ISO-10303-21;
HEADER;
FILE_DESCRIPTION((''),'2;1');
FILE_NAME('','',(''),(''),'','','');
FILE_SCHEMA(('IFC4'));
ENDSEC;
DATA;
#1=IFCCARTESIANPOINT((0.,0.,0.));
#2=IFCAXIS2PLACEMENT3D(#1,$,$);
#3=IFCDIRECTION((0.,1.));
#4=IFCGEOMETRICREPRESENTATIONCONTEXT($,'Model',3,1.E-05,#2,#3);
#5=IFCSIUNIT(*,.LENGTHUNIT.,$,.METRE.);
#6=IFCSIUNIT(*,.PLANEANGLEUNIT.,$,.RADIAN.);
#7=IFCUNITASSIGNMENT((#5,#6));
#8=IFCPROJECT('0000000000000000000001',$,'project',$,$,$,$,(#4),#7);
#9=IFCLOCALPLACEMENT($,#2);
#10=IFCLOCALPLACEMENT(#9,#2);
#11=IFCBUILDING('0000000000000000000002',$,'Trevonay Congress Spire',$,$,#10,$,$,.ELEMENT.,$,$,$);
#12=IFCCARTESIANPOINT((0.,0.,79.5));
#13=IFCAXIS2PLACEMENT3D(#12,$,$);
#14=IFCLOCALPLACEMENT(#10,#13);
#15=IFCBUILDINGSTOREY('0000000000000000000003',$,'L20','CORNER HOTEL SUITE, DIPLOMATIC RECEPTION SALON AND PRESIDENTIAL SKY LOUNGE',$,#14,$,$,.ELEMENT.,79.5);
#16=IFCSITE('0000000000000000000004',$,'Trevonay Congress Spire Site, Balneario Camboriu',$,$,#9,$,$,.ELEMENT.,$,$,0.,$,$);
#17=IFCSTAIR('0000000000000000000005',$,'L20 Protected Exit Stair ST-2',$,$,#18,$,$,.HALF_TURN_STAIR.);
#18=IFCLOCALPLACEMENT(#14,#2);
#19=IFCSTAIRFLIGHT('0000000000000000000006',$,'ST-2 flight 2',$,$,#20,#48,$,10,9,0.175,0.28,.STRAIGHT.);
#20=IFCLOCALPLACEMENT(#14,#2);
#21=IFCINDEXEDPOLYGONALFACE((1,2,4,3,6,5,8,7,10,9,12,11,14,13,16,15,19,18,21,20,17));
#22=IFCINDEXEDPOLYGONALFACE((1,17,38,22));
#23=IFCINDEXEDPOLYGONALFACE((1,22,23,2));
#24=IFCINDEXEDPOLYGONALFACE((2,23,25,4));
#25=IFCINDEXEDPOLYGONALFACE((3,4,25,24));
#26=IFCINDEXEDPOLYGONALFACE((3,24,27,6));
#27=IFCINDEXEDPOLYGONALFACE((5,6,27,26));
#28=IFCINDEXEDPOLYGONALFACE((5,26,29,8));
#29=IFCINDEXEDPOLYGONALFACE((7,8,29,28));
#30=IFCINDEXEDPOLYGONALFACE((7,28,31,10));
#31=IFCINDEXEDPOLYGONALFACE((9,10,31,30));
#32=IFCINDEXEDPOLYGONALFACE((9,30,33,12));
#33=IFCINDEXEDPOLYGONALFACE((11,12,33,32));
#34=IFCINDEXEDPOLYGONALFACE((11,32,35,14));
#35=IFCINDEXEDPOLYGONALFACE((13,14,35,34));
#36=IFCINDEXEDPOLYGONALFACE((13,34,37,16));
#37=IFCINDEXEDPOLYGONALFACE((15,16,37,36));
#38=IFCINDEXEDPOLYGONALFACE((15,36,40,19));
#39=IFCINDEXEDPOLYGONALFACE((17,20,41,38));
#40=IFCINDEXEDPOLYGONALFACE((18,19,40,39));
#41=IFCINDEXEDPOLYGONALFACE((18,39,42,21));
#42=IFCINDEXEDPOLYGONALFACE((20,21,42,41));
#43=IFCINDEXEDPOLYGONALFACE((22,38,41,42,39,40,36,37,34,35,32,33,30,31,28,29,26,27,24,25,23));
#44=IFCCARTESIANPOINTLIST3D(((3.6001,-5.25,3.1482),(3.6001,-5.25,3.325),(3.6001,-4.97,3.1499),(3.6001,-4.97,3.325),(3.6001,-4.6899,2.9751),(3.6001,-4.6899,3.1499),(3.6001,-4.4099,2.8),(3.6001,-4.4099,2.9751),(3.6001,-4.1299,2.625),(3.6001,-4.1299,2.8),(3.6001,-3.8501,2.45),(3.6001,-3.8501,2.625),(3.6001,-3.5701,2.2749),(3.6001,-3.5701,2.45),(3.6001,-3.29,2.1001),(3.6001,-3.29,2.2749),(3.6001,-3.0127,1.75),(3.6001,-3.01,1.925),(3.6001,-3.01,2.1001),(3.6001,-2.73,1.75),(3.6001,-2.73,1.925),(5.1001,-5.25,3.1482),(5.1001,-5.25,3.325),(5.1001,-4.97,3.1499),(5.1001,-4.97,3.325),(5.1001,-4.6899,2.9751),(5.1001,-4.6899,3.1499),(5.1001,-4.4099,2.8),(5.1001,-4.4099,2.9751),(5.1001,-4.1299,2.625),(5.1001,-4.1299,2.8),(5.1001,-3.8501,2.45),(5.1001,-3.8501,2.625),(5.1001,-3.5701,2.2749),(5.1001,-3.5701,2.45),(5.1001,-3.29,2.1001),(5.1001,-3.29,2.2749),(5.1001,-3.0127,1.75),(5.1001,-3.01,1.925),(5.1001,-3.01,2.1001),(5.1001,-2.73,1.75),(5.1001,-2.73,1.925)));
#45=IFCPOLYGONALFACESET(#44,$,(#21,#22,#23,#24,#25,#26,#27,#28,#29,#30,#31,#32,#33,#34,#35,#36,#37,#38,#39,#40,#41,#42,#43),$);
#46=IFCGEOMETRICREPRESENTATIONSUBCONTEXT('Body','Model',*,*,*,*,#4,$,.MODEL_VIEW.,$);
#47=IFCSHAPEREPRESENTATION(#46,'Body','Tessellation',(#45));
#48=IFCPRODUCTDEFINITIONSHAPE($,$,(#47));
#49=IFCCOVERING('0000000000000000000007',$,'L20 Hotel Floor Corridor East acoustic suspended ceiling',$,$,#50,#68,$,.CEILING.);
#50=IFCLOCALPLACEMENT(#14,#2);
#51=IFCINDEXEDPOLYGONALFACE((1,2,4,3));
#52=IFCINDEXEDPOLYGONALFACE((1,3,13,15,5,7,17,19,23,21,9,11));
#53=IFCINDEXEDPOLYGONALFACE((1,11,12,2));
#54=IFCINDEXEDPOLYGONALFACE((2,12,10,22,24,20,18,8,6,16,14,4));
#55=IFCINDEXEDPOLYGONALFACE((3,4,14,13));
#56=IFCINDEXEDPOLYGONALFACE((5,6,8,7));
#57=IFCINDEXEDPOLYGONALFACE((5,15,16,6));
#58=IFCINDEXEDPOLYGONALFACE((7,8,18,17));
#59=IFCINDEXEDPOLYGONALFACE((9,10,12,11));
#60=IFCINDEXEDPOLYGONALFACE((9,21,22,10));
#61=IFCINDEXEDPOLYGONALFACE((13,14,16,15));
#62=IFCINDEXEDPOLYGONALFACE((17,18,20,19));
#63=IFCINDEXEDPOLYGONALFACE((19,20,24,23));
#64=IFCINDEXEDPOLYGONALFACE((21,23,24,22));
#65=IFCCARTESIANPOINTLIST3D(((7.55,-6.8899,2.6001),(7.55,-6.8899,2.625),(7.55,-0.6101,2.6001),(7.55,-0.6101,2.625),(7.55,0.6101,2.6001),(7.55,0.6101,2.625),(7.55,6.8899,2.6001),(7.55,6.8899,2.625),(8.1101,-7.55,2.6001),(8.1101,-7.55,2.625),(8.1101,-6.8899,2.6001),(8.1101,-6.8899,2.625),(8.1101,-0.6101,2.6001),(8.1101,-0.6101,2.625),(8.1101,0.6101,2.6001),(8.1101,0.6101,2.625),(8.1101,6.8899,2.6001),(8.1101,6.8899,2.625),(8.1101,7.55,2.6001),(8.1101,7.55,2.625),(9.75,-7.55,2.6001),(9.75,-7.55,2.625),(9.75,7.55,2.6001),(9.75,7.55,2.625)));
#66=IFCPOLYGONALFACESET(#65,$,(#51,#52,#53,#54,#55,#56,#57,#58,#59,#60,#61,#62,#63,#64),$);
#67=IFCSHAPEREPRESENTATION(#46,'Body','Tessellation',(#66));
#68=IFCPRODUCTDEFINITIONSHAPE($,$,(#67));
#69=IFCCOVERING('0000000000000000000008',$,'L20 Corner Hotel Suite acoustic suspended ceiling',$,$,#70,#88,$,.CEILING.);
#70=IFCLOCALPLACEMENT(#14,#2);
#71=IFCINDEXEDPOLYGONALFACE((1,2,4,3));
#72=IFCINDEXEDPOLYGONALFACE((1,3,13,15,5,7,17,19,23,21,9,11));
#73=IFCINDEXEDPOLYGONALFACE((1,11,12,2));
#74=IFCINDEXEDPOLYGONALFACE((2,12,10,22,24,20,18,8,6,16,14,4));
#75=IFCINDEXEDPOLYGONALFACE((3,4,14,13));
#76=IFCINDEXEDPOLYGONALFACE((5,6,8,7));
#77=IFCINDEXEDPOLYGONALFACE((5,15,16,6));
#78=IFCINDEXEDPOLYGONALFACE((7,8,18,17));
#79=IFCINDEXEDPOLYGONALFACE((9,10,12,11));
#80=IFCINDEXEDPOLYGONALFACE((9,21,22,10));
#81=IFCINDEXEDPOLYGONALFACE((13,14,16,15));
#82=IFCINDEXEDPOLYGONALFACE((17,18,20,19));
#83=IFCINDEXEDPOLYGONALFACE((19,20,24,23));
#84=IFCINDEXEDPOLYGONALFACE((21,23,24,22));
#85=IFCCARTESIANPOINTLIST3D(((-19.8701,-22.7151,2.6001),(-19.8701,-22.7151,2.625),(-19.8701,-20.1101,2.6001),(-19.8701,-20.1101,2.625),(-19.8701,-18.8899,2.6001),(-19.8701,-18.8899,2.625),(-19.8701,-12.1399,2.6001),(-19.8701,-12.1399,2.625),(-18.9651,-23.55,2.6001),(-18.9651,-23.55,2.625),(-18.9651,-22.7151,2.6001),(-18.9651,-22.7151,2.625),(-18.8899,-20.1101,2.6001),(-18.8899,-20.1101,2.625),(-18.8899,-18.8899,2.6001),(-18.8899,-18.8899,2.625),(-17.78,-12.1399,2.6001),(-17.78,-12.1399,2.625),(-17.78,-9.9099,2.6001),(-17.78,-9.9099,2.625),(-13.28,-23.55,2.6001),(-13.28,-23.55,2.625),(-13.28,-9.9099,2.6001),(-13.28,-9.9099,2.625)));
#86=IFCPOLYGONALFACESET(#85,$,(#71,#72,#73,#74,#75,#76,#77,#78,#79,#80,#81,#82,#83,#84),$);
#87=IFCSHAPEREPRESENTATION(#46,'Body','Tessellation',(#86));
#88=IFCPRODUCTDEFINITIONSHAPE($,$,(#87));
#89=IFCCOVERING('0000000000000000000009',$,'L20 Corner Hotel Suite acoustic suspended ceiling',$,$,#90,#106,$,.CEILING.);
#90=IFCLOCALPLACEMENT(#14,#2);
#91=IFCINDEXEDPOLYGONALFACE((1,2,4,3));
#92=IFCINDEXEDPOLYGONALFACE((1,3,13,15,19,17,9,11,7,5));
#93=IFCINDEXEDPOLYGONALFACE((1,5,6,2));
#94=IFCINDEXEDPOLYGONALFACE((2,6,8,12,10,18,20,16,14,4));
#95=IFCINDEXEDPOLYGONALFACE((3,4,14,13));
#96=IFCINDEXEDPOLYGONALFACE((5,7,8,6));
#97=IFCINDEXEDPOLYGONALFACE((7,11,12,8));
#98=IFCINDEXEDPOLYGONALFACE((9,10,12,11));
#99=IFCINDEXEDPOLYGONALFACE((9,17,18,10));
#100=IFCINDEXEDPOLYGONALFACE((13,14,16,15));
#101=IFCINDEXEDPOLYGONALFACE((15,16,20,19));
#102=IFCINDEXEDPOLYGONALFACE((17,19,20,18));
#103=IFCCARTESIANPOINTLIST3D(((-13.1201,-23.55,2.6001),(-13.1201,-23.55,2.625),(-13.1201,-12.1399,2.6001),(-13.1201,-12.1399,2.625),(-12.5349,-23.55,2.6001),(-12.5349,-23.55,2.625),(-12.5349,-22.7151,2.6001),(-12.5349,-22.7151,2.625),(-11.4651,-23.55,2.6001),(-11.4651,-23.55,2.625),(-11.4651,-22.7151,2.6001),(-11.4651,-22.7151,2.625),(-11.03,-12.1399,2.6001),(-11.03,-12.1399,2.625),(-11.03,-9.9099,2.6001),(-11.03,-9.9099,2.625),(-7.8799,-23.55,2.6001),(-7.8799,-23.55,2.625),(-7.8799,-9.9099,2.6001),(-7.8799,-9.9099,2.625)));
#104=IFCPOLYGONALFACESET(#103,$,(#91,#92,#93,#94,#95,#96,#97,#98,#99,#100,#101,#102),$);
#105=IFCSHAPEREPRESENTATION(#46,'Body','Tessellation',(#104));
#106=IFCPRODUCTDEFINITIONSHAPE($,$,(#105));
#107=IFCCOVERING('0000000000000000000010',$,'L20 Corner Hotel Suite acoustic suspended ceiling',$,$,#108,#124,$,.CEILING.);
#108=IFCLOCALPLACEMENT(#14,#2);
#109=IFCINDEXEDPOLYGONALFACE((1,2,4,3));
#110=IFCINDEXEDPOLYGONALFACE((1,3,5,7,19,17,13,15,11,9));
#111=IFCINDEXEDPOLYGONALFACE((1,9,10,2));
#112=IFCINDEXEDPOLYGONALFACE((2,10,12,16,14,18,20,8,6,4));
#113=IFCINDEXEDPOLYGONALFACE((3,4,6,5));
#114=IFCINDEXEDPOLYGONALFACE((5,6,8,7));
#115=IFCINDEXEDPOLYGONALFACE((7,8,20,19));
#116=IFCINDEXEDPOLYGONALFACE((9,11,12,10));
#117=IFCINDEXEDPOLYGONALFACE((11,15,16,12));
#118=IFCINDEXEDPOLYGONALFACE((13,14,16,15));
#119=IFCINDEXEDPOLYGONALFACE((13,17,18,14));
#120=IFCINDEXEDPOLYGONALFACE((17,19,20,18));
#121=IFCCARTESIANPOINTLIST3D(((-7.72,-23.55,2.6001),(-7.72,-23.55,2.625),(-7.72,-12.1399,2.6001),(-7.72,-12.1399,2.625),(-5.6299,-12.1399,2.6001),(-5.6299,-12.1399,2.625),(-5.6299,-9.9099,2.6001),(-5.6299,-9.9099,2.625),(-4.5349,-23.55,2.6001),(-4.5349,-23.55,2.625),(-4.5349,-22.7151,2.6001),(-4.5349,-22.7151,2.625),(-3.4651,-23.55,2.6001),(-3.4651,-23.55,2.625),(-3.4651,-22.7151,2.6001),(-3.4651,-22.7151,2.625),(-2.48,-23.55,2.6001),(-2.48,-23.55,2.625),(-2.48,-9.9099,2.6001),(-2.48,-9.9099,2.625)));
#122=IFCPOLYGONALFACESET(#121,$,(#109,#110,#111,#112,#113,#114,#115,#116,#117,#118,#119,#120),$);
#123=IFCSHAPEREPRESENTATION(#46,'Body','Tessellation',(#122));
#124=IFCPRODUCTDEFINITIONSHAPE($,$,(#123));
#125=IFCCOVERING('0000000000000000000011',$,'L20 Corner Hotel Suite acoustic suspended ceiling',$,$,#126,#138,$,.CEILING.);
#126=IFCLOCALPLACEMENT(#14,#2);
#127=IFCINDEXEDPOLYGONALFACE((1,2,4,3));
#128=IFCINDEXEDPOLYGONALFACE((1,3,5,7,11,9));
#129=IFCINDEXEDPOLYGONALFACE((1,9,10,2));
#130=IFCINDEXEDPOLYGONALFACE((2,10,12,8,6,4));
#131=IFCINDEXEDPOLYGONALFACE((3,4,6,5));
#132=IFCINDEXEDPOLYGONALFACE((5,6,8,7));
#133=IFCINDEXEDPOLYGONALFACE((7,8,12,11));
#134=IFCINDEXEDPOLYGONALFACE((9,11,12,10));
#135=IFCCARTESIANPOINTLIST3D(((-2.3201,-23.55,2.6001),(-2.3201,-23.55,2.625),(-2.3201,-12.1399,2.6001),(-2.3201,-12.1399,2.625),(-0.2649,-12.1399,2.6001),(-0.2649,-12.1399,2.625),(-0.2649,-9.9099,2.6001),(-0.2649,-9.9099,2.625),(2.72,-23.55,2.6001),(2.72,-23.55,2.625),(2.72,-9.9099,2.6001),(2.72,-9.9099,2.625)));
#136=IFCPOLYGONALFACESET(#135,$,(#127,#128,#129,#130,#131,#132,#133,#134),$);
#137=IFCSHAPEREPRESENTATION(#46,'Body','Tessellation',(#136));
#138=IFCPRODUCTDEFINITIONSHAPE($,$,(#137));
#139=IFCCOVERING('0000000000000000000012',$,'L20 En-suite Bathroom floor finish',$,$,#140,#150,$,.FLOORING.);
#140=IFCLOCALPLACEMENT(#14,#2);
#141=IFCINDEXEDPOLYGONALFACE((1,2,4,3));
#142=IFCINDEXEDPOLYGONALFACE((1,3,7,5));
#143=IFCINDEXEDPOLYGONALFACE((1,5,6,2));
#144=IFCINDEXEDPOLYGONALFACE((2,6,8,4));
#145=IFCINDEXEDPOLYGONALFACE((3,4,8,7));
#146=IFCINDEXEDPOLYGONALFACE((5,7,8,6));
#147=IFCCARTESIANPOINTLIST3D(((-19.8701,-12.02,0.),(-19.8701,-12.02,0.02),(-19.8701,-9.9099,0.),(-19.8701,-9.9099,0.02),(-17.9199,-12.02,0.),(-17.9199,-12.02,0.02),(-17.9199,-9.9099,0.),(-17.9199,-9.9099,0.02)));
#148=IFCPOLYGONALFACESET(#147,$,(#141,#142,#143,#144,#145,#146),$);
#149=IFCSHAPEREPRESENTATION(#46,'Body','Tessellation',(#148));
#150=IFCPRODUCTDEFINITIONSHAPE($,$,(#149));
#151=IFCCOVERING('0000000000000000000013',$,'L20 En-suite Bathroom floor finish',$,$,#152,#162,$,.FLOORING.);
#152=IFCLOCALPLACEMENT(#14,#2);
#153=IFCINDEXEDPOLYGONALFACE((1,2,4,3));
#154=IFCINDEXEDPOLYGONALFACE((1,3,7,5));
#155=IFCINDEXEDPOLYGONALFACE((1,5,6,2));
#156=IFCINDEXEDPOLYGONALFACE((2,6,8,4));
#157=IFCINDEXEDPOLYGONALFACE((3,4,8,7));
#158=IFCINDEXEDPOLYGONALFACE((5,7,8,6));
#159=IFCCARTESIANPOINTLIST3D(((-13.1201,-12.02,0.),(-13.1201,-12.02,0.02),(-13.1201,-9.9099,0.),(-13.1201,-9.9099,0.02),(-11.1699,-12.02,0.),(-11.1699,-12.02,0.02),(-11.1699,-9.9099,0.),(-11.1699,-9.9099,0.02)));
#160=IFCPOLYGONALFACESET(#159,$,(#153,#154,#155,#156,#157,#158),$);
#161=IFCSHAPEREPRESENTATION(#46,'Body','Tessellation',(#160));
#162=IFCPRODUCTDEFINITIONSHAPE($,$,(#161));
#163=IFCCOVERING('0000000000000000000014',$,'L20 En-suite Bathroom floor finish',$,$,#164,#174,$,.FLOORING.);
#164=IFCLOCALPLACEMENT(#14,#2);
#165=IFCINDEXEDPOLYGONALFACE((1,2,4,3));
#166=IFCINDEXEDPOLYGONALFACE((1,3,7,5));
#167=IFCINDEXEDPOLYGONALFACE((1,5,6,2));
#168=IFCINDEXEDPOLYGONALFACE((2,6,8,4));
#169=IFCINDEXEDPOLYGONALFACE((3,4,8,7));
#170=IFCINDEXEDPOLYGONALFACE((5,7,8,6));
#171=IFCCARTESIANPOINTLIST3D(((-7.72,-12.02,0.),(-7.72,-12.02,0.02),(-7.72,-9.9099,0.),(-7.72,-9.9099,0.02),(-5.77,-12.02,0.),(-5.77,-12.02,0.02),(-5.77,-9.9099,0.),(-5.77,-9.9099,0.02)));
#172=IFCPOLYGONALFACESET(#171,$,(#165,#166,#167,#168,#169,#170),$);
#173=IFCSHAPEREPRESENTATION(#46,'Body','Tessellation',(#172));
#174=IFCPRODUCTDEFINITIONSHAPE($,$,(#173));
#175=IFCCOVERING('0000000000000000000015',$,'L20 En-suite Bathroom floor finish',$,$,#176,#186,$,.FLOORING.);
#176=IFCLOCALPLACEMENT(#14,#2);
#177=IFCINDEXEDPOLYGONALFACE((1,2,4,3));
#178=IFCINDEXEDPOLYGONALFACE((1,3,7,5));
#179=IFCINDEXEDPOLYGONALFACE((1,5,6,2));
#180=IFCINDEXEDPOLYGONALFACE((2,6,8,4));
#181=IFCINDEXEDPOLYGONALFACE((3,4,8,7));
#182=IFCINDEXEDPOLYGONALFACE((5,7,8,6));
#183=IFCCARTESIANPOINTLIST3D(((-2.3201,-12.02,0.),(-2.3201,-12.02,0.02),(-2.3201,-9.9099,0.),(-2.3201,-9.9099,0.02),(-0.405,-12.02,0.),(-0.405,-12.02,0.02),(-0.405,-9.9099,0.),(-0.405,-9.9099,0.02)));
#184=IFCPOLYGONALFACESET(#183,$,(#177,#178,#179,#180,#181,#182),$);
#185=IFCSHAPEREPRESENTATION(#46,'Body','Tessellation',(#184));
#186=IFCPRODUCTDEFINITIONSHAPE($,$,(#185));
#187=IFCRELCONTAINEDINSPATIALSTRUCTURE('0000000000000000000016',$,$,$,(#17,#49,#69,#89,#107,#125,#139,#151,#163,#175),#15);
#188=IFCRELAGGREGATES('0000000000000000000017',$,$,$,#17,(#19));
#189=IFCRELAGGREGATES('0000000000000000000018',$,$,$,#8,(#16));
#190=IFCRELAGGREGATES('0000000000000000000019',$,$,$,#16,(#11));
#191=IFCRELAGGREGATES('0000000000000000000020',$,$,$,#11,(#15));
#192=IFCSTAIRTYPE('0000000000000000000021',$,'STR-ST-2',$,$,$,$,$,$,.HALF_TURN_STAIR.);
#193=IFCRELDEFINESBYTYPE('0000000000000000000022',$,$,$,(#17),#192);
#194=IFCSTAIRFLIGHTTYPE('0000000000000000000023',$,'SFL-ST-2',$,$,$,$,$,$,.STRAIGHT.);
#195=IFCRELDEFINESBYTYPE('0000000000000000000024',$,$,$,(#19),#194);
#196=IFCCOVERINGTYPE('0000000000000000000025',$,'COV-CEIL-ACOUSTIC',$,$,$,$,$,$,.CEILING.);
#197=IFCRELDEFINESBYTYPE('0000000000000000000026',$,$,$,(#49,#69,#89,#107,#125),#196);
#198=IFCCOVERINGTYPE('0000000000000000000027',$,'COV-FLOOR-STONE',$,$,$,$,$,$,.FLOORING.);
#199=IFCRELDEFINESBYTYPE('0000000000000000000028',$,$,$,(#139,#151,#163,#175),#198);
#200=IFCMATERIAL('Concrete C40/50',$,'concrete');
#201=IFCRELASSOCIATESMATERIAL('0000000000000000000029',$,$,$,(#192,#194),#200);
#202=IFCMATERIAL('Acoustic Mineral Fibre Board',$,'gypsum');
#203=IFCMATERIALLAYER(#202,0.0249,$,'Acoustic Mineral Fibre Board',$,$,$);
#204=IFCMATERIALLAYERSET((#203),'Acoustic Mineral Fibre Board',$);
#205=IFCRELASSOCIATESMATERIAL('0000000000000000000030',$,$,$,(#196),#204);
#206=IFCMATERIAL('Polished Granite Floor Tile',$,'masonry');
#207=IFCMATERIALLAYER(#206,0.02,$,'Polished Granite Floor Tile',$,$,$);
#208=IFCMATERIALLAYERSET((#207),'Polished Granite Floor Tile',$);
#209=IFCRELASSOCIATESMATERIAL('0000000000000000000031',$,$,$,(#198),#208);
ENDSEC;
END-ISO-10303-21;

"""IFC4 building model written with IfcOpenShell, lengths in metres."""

from ifc_helpers import new_model, si_unit, direction, frame, origin, place, context, subcontext, project, spatial, polyline, outline, extrude, material, layer, layer_set, type_object, element, aggregate, save


model = new_model("IFC4")

# Units and contexts
model_context = context("Model", 3, precision=1e-05, world=origin(), true_north=direction((0.0, 1.0)))
body_context = subcontext(model_context, "Body", "Model", "MODEL_VIEW")
ifc_project = project(units=[si_unit("LENGTHUNIT", "METRE"), si_unit("PLANEANGLEUNIT", "RADIAN")], contexts=[model_context])

# Site, building, storey
site_placement = place(None, origin())
site = spatial("IfcSite", under=ifc_project, at=site_placement, Name="Trevonay Congress Spire Site, Balneario Camboriu", CompositionType="ELEMENT", RefElevation=0.0)
building_placement = place(site_placement, origin())
building = spatial("IfcBuilding", under=site, at=building_placement, Name="Trevonay Congress Spire", CompositionType="ELEMENT")
storey_placement = place(building_placement, frame((0.0, 0.0, 79.5)))
storey = spatial("IfcBuildingStorey", under=building, at=storey_placement, Name="L20", Description="CORNER HOTEL SUITE, DIPLOMATIC RECEPTION SALON AND PRESIDENTIAL SKY LOUNGE", CompositionType="ELEMENT", Elevation=79.5)

# Shared definitions
ifc_material_1 = material(Name="Concrete C40/50", Category="concrete")

# Stair, stair flight
stair_type = type_object("IfcStairType", Name="STR-ST-2", PredefinedType="HALF_TURN_STAIR", material=ifc_material_1)
stair_placement = place(storey_placement, origin())
stair = element("IfcStair", 1, at=stair_placement, inside=storey, type_object=stair_type, Name="L20 Protected Exit Stair ST-2", PredefinedType="HALF_TURN_STAIR")
stair_flight_type = type_object("IfcStairFlightType", Name="SFL-ST-2", PredefinedType="STRAIGHT", material=ifc_material_1)
stair_flight_1_placement = place(storey_placement, frame((4.3501, -2.73, 1.75), z_axis=(0.0, 0.0, 1.0), x_axis=(0.0, -1.0, 0.0)))
stair_flight_1 = element("IfcStairFlight", 2, at=stair_flight_1_placement, type_object=stair_flight_type, Name="ST-2 flight 2", NumberOfRisers=10, NumberOfTreads=9, PredefinedType="STRAIGHT", RiserHeight=0.175, TreadLength=0.28, context=body_context, shape_type="SweptSolid", body=[
    extrude(outline(polyline([(0.0, 0.0), (0.0, 0.175), (0.28, 0.175), (0.28, 0.3501), (0.5601, 0.3501), (0.5601, 0.5249), (0.8401, 0.5249), (0.8401, 0.7), (1.1201, 0.7), (1.1201, 0.875), (1.3999, 0.875), (1.3999, 1.05), (1.6799, 1.05), (1.6799, 1.2251), (1.96, 1.2251), (1.96, 1.3999), (2.24, 1.3999), (2.24, 1.575), (2.52, 1.575), (2.52, 1.75), (2.52, 1.3982), (0.2827, 0.0), (0.0, 0.0)])), frame((0.0, 0.75, 0.0), z_axis=(0.0, -1.0, 0.0), x_axis=(1.0, 0.0, 0.0)), (0.0, 0.0, 1.0), 1.5),
])
aggregate(stair, [stair_flight_1])

# Coverings
ifc_material_2 = material(Name="Acoustic Mineral Fibre Board", Category="gypsum")
ifc_layer_1 = layer(ifc_material_2, 0.0249, Name="Acoustic Mineral Fibre Board")
ifc_layer_set_1 = layer_set([ifc_layer_1], Name="Acoustic Mineral Fibre Board")
covering_type_1 = type_object("IfcCoveringType", Name="COV-CEIL-ACOUSTIC", PredefinedType="CEILING", material=ifc_layer_set_1)
covering_1_placement = place(storey_placement, frame((0.0, 0.0, 2.6001)))
element("IfcCovering", 3, at=covering_1_placement, inside=storey, type_object=covering_type_1, Name="L20 Hotel Floor Corridor East acoustic suspended ceiling", PredefinedType="CEILING", context=body_context, shape_type="SweptSolid", body=[
    extrude(outline(polyline([(9.75, -7.55), (8.1101, -7.55), (8.1101, -6.8899), (7.55, -6.8899), (7.55, -0.6101), (8.1101, -0.6101), (8.1101, 0.6101), (7.55, 0.6101), (7.55, 6.8899), (8.1101, 6.8899), (8.1101, 7.55), (9.75, 7.55), (9.75, -7.55)])), origin(), (0.0, 0.0, 1.0), 0.0249),
])
covering_2_placement = place(storey_placement, frame((0.0, 0.0, 2.6001)))
element("IfcCovering", 4, at=covering_2_placement, inside=storey, type_object=covering_type_1, Name="L20 Corner Hotel Suite acoustic suspended ceiling", PredefinedType="CEILING", context=body_context, shape_type="SweptSolid", body=[
    extrude(outline(polyline([(-19.8701, -12.1399), (-17.78, -12.1399), (-17.78, -9.9099), (-13.28, -9.9099), (-13.28, -23.55), (-18.9651, -23.55), (-18.9651, -22.7151), (-19.8701, -22.7151), (-19.8701, -20.1101), (-18.8899, -20.1101), (-18.8899, -18.8899), (-19.8701, -18.8899), (-19.8701, -12.1399)])), origin(), (0.0, 0.0, 1.0), 0.0249),
])
covering_3_placement = place(storey_placement, frame((0.0, 0.0, 2.6001)))
element("IfcCovering", 5, at=covering_3_placement, inside=storey, type_object=covering_type_1, Name="L20 Corner Hotel Suite acoustic suspended ceiling", PredefinedType="CEILING", context=body_context, shape_type="SweptSolid", body=[
    extrude(outline(polyline([(-13.1201, -23.55), (-13.1201, -12.1399), (-11.03, -12.1399), (-11.03, -9.9099), (-7.8799, -9.9099), (-7.8799, -23.55), (-11.4651, -23.55), (-11.4651, -22.7151), (-12.5349, -22.7151), (-12.5349, -23.55), (-13.1201, -23.55)])), origin(), (0.0, 0.0, 1.0), 0.0249),
])
covering_4_placement = place(storey_placement, frame((0.0, 0.0, 2.6001)))
element("IfcCovering", 6, at=covering_4_placement, inside=storey, type_object=covering_type_1, Name="L20 Corner Hotel Suite acoustic suspended ceiling", PredefinedType="CEILING", context=body_context, shape_type="SweptSolid", body=[
    extrude(outline(polyline([(-7.72, -23.55), (-7.72, -12.1399), (-5.6299, -12.1399), (-5.6299, -9.9099), (-2.48, -9.9099), (-2.48, -23.55), (-3.4651, -23.55), (-3.4651, -22.7151), (-4.5349, -22.7151), (-4.5349, -23.55), (-7.72, -23.55)])), origin(), (0.0, 0.0, 1.0), 0.0249),
])
covering_5_placement = place(storey_placement, frame((0.0, 0.0, 2.6001)))
element("IfcCovering", 7, at=covering_5_placement, inside=storey, type_object=covering_type_1, Name="L20 Corner Hotel Suite acoustic suspended ceiling", PredefinedType="CEILING", context=body_context, shape_type="SweptSolid", body=[
    extrude(outline(polyline([(-2.3201, -23.55), (2.72, -23.55), (2.72, -9.9099), (-0.2649, -9.9099), (-0.2649, -12.1399), (-2.3201, -12.1399), (-2.3201, -23.55)])), origin(), (0.0, 0.0, 1.0), 0.0249),
])
ifc_material_3 = material(Name="Polished Granite Floor Tile", Category="masonry")
ifc_layer_2 = layer(ifc_material_3, 0.02, Name="Polished Granite Floor Tile")
ifc_layer_set_2 = layer_set([ifc_layer_2], Name="Polished Granite Floor Tile")
covering_type_2 = type_object("IfcCoveringType", Name="COV-FLOOR-STONE", PredefinedType="FLOORING", material=ifc_layer_set_2)
covering_6_placement = place(storey_placement, origin())
element("IfcCovering", 8, at=covering_6_placement, inside=storey, type_object=covering_type_2, Name="L20 En-suite Bathroom floor finish", PredefinedType="FLOORING", context=body_context, shape_type="SweptSolid", body=[
    extrude(outline(polyline([(-19.8701, -12.02), (-17.9199, -12.02), (-17.9199, -9.9099), (-19.8701, -9.9099), (-19.8701, -12.02)])), origin(), (0.0, 0.0, 1.0), 0.02),
])
covering_7_placement = place(storey_placement, origin())
element("IfcCovering", 9, at=covering_7_placement, inside=storey, type_object=covering_type_2, Name="L20 En-suite Bathroom floor finish", PredefinedType="FLOORING", context=body_context, shape_type="SweptSolid", body=[
    extrude(outline(polyline([(-13.1201, -12.02), (-11.1699, -12.02), (-11.1699, -9.9099), (-13.1201, -9.9099), (-13.1201, -12.02)])), origin(), (0.0, 0.0, 1.0), 0.02),
])
covering_8_placement = place(storey_placement, origin())
element("IfcCovering", 10, at=covering_8_placement, inside=storey, type_object=covering_type_2, Name="L20 En-suite Bathroom floor finish", PredefinedType="FLOORING", context=body_context, shape_type="SweptSolid", body=[
    extrude(outline(polyline([(-7.72, -12.02), (-5.77, -12.02), (-5.77, -9.9099), (-7.72, -9.9099), (-7.72, -12.02)])), origin(), (0.0, 0.0, 1.0), 0.02),
])
covering_9_placement = place(storey_placement, origin())
element("IfcCovering", 11, at=covering_9_placement, inside=storey, type_object=covering_type_2, Name="L20 En-suite Bathroom floor finish", PredefinedType="FLOORING", context=body_context, shape_type="SweptSolid", body=[
    extrude(outline(polyline([(-2.3201, -12.02), (-0.405, -12.02), (-0.405, -9.9099), (-2.3201, -9.9099), (-2.3201, -12.02)])), origin(), (0.0, 0.0, 1.0), 0.02),
])

save(model, "model.ifc")
